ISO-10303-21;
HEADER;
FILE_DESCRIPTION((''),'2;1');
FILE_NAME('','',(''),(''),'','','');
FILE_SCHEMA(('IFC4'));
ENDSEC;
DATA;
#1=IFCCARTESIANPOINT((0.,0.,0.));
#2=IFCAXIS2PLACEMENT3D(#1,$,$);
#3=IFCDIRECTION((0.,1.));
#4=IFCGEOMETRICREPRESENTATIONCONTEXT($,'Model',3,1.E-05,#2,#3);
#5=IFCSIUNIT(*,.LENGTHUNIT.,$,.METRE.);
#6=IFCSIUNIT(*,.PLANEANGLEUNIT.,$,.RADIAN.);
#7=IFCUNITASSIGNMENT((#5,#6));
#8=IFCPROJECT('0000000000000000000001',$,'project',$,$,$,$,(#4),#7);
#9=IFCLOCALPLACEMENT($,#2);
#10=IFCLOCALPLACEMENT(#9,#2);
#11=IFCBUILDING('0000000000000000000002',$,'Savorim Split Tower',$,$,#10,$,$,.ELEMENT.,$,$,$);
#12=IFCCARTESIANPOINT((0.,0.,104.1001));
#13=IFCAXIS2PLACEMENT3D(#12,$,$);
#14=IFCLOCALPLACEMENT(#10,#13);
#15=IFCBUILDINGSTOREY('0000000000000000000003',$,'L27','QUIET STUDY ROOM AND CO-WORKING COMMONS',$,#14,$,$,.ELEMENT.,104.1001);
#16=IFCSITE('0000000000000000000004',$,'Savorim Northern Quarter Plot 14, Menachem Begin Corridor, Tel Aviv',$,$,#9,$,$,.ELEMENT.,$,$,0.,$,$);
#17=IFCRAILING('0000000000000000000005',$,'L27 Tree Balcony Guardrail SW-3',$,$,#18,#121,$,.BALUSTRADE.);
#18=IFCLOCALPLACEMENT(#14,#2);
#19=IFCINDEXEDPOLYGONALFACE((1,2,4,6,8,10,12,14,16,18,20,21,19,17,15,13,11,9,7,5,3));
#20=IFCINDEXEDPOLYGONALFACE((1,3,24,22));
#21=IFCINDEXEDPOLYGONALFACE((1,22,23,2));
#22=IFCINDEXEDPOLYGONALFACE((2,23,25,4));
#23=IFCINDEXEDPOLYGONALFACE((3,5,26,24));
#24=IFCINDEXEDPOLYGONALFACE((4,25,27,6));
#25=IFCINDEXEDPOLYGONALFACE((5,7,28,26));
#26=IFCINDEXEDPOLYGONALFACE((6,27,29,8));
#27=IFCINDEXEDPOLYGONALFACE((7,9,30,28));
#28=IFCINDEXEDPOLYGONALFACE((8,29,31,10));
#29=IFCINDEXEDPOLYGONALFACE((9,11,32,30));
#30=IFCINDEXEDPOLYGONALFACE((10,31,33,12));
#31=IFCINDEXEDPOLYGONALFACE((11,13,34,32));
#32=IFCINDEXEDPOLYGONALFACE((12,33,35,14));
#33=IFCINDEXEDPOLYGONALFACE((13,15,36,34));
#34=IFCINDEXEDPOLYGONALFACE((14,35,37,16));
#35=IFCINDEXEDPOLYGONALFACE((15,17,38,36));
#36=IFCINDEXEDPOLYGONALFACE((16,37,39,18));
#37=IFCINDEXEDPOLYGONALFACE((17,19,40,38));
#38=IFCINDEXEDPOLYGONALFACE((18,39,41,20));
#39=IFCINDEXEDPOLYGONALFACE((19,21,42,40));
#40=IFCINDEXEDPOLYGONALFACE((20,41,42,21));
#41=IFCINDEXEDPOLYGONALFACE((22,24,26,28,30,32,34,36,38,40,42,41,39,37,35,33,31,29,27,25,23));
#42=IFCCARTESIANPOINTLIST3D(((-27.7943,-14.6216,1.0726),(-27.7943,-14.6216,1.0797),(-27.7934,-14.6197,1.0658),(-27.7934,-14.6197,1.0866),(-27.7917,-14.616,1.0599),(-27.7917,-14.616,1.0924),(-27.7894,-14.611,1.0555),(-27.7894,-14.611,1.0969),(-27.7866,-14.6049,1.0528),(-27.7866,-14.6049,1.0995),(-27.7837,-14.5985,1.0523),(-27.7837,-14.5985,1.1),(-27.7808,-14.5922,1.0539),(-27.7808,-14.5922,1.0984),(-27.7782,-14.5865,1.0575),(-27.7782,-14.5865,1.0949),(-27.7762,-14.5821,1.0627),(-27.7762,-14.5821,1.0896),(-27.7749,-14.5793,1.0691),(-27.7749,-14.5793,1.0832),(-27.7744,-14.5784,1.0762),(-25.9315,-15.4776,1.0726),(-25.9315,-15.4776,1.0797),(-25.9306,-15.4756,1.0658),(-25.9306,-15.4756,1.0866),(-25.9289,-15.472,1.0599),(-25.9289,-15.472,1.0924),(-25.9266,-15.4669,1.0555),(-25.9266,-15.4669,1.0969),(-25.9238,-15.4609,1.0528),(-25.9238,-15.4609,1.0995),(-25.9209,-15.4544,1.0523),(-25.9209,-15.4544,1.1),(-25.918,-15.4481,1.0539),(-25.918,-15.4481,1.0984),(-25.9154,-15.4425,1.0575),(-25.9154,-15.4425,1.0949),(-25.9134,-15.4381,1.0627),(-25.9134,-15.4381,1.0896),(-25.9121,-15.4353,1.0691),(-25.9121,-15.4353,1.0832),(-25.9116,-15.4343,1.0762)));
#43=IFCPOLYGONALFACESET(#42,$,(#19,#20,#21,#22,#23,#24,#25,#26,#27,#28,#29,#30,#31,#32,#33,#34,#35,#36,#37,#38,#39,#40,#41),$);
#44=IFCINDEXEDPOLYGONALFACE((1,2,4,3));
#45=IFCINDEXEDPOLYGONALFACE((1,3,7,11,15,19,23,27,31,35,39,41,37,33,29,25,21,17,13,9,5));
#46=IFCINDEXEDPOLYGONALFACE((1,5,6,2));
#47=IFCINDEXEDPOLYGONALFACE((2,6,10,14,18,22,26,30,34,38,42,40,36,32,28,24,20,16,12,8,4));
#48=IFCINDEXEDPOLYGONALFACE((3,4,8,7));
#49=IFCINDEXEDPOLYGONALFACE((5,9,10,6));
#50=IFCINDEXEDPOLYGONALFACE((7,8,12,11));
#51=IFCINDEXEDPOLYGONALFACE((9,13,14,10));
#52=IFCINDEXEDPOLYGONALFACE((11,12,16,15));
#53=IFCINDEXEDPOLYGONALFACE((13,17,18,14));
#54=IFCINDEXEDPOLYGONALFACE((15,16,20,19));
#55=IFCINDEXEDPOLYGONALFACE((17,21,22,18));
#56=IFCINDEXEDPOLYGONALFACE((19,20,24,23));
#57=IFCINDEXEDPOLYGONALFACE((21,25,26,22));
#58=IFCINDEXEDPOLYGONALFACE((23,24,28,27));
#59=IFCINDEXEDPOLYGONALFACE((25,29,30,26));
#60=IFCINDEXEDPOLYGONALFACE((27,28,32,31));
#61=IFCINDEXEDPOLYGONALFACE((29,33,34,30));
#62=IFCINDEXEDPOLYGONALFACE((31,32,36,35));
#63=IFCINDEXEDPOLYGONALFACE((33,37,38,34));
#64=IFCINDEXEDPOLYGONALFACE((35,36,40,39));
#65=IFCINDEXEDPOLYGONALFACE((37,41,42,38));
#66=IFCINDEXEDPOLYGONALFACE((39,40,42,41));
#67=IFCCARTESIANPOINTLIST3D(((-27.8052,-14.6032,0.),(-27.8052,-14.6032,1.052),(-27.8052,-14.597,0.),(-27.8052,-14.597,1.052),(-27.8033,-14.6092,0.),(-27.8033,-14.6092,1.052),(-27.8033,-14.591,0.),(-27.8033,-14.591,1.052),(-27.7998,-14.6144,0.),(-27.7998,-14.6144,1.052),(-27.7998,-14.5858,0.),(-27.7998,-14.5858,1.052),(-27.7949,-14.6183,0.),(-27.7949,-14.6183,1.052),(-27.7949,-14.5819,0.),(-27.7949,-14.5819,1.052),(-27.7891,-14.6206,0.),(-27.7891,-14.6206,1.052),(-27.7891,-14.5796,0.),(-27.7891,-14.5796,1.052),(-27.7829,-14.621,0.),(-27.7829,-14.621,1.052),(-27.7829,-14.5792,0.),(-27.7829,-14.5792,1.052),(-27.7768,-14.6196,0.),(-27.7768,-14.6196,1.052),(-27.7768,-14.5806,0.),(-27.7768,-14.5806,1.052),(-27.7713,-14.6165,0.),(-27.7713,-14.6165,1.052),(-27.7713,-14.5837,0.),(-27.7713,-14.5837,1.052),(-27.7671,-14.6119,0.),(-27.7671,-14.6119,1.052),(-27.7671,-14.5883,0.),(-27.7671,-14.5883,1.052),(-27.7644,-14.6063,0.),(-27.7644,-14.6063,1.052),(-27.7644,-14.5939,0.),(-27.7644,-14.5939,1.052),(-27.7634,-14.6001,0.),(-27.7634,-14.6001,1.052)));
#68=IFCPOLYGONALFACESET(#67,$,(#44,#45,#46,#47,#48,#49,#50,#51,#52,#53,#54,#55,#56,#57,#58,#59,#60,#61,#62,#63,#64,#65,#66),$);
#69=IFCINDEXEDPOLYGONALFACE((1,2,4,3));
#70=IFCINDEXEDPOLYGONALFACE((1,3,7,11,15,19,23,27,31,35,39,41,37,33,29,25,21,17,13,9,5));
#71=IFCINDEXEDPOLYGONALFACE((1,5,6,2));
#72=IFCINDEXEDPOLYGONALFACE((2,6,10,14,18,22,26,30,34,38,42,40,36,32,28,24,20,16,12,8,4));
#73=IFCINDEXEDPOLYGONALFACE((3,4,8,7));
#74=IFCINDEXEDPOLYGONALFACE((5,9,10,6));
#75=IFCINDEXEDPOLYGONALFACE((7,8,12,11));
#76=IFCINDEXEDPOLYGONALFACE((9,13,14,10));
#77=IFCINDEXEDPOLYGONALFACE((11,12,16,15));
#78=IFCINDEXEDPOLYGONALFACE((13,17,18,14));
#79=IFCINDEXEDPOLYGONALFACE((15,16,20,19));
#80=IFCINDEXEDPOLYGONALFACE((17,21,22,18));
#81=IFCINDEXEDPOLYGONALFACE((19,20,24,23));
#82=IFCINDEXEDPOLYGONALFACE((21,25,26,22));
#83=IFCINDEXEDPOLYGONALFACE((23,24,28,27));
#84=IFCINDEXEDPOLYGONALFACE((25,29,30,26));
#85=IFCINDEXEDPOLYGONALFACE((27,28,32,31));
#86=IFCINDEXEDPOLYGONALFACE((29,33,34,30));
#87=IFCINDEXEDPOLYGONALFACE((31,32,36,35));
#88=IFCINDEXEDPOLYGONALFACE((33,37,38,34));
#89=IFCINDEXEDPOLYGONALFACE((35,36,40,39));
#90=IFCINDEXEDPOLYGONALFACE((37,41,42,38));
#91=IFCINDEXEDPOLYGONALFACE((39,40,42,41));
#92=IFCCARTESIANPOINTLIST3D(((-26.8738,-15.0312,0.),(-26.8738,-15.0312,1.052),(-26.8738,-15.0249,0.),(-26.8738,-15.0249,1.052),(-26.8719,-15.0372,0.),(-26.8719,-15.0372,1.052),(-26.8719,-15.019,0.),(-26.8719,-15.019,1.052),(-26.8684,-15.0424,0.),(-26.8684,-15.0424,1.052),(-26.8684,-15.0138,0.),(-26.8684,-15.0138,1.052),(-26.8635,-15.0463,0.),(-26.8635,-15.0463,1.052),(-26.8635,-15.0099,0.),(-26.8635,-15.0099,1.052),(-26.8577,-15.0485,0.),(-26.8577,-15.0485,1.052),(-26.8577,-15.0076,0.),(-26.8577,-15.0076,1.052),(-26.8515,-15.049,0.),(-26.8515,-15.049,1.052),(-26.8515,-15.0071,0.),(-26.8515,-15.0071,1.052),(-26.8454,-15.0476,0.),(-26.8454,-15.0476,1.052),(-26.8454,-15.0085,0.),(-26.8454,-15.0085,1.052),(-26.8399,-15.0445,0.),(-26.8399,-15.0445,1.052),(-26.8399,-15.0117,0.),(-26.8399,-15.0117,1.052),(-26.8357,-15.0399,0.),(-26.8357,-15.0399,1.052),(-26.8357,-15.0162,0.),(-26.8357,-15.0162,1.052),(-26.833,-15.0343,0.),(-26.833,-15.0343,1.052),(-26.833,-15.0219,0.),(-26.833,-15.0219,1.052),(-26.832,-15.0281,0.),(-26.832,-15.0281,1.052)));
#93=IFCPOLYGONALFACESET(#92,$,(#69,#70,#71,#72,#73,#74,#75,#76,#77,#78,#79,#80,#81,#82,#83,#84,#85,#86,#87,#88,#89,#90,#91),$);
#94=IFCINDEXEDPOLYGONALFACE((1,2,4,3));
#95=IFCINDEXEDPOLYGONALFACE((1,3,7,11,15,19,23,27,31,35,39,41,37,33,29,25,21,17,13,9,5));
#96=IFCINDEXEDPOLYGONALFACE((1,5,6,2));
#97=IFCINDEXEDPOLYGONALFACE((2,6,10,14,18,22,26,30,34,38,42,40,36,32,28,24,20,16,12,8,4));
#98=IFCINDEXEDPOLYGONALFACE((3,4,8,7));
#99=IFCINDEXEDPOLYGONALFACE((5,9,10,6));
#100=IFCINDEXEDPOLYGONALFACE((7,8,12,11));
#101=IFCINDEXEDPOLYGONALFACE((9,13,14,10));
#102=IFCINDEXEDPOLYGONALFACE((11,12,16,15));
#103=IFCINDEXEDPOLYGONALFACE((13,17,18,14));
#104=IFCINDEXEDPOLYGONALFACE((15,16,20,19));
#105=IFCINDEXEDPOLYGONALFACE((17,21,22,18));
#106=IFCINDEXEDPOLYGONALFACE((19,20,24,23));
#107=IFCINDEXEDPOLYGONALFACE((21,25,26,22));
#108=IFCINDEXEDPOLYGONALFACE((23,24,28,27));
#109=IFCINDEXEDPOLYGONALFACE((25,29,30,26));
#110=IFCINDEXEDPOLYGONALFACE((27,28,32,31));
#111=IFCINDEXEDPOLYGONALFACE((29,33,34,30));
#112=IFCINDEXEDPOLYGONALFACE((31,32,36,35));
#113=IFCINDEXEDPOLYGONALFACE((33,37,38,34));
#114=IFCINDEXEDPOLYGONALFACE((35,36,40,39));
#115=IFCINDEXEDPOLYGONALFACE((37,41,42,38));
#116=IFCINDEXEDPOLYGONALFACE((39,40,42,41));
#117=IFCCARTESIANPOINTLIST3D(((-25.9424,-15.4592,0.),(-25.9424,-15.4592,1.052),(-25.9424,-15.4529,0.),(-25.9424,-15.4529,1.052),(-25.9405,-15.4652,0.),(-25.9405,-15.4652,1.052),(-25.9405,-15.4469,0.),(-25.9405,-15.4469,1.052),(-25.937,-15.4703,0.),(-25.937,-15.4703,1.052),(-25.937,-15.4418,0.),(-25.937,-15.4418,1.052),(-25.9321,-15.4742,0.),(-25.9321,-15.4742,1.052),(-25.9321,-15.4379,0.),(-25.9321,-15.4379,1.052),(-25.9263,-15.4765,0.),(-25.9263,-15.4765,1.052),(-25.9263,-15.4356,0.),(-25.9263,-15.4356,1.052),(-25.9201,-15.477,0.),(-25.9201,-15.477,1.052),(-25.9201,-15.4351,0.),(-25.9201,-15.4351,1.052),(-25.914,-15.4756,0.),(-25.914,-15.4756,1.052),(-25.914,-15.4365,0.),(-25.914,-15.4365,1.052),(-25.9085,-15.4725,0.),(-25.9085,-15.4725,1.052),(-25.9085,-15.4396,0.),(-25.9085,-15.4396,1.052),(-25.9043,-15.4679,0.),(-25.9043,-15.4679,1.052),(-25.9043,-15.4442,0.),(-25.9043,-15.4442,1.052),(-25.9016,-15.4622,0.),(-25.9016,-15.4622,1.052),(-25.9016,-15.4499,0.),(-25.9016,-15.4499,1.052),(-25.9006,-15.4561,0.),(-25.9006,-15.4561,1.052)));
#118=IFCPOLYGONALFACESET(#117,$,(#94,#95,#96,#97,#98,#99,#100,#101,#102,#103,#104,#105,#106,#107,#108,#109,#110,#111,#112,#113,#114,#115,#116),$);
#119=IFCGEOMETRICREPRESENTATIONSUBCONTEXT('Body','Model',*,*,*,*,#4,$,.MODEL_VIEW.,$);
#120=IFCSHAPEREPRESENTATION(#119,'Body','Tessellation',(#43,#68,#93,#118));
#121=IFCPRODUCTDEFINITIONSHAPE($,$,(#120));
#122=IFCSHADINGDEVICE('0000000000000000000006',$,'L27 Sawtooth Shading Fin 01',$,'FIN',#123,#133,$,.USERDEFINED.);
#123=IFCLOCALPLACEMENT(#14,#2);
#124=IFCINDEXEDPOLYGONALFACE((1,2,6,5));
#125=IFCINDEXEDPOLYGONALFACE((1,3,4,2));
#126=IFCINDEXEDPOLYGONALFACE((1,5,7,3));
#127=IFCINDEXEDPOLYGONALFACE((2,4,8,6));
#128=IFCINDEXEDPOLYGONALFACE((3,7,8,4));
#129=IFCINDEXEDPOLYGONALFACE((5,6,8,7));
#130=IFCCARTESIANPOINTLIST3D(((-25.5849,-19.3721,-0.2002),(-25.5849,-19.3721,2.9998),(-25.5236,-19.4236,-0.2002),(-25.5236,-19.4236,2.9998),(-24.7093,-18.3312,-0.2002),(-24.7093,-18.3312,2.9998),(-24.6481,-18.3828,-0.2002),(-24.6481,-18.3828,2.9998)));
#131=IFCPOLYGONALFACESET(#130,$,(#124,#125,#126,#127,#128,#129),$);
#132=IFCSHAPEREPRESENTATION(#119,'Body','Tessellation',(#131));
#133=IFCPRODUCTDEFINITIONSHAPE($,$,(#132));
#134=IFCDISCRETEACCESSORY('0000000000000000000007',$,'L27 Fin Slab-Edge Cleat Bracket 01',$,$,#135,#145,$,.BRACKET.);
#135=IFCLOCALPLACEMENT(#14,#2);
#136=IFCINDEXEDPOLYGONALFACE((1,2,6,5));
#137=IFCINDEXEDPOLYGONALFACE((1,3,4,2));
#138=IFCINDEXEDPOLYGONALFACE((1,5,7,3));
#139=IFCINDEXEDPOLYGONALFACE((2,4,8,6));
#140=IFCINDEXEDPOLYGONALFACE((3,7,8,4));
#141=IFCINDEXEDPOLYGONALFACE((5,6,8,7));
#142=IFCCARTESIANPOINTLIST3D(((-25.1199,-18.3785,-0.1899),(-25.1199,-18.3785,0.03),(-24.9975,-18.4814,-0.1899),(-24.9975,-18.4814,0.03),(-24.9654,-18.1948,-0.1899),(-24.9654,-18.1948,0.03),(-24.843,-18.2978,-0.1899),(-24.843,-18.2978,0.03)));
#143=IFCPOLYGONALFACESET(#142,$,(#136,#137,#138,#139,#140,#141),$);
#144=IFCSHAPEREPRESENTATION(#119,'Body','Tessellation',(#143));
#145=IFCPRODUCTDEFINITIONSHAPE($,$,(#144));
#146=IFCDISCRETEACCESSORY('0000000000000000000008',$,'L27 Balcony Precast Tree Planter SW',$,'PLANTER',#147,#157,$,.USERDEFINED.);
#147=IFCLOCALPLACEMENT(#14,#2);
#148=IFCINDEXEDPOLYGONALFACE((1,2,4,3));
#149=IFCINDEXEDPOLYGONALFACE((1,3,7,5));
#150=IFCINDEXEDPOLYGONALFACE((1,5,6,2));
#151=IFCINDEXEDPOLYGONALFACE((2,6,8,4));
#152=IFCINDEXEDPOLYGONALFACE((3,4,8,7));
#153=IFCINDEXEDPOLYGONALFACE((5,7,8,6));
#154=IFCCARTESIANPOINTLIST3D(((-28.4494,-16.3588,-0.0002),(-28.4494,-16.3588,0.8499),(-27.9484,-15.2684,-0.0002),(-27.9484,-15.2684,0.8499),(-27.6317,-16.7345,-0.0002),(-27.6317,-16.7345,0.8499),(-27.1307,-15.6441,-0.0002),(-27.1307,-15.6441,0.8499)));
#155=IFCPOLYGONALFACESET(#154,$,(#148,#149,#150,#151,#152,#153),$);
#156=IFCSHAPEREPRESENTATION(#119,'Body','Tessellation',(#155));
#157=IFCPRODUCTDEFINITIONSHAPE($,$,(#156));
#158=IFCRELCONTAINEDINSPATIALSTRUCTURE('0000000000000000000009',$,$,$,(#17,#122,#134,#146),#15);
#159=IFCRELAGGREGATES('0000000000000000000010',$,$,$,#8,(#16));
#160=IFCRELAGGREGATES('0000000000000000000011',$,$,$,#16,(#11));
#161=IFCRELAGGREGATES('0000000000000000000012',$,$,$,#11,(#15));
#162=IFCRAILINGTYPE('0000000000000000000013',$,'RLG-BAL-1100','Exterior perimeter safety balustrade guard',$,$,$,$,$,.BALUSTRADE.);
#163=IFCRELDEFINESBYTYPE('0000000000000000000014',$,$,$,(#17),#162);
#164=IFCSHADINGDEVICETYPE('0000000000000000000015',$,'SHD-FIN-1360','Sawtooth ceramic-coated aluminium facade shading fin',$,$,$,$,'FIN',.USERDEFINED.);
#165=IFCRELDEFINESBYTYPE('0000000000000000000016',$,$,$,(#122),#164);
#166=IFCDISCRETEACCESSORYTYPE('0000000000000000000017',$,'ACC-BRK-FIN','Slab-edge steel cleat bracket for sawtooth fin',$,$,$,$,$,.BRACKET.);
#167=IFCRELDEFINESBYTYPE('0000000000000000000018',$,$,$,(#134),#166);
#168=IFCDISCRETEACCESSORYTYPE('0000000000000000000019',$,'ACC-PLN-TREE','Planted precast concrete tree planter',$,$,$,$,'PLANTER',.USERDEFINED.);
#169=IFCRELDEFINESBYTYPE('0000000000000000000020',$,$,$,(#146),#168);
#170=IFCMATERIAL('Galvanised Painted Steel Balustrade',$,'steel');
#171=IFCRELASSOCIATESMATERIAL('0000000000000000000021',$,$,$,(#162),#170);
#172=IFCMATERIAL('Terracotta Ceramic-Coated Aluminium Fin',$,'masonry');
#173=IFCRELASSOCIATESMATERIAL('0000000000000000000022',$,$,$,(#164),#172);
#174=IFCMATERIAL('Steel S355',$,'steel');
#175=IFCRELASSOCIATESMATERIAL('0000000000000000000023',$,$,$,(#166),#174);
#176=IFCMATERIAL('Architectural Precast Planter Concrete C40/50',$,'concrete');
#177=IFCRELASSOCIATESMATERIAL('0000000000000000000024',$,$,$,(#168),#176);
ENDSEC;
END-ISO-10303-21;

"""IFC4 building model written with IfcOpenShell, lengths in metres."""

from ifc_helpers import new_model, si_unit, direction, frame, origin, origin_2d, place, context, subcontext, project, spatial, rectangle, circle, extrude, material, type_object, element, save


model = new_model("IFC4")

# Units and contexts
model_context = context("Model", 3, precision=1e-05, world=origin(), true_north=direction((0.0, 1.0)))
body_context = subcontext(model_context, "Body", "Model", "MODEL_VIEW")
ifc_project = project(units=[si_unit("LENGTHUNIT", "METRE"), si_unit("PLANEANGLEUNIT", "RADIAN")], contexts=[model_context])

# Site, building, storey
site_placement = place(None, origin())
site = spatial("IfcSite", under=ifc_project, at=site_placement, Name="Savorim Northern Quarter Plot 14, Menachem Begin Corridor, Tel Aviv", CompositionType="ELEMENT", RefElevation=0.0)
building_placement = place(site_placement, origin())
building = spatial("IfcBuilding", under=site, at=building_placement, Name="Savorim Split Tower", CompositionType="ELEMENT")
storey_placement = place(building_placement, frame((0.0, 0.0, 104.1001)))
storey = spatial("IfcBuildingStorey", under=building, at=storey_placement, Name="L27", Description="QUIET STUDY ROOM AND CO-WORKING COMMONS", CompositionType="ELEMENT", Elevation=104.1001)

# Shared definitions
ifc_material_1 = material(Name="Steel S355", Category="steel")

# Railing
ifc_material_2 = material(Name="Galvanised Painted Steel Balustrade", Category="steel")
railing_type = type_object("IfcRailingType", Name="RLG-BAL-1100", Description="Exterior perimeter safety balustrade guard", PredefinedType="BALUSTRADE", material=ifc_material_2)
railing_1_placement = place(storey_placement, frame((-27.7844, -14.6001, 0.0)))
element("IfcRailing", 1, at=railing_1_placement, inside=storey, type_object=railing_type, Name="L27 Tree Balcony Guardrail SW-3", PredefinedType="BALUSTRADE", context=body_context, shape_type="SweptSolid", body=[
    extrude(circle(Radius=0.0239, at=origin_2d()), frame((0.0, 0.0, 1.0762), z_axis=(0.908662, -0.417532, 0.0), x_axis=(0.417532, 0.908662, 0.0)), (0.0, 0.0, 1.0), 2.05),
    extrude(circle(Radius=0.021, at=origin_2d()), origin(), (0.0, 0.0, 1.0), 1.052),
    extrude(circle(Radius=0.021, at=origin_2d()), frame((0.9314, -0.428, 0.0)), (0.0, 0.0, 1.0), 1.052),
    extrude(circle(Radius=0.021, at=origin_2d()), frame((1.8628, -0.856, 0.0)), (0.0, 0.0, 1.0), 1.052),
])

# Shading device
ifc_material_3 = material(Name="Terracotta Ceramic-Coated Aluminium Fin", Category="masonry")
shading_device_type = type_object("IfcShadingDeviceType", Name="SHD-FIN-1360", Description="Sawtooth ceramic-coated aluminium facade shading fin", ElementType="FIN", PredefinedType="USERDEFINED", material=ifc_material_3)
shading_device_placement = place(storey_placement, frame((-25.1165, -18.8774, -0.2002), z_axis=(0.0, 0.0, 1.0), x_axis=(-0.643719, -0.765262, 0.0)))
element("IfcShadingDevice", 2, at=shading_device_placement, inside=storey, type_object=shading_device_type, Name="L27 Sawtooth Shading Fin 01", ObjectType="FIN", PredefinedType="USERDEFINED", context=body_context, shape_type="SweptSolid", body=[
    extrude(rectangle(XDim=1.3601, YDim=0.0801, at=origin_2d()), origin(), (0.0, 0.0, 1.0), 3.2),
])

# Discrete accessories
discrete_accessory_type_1 = type_object("IfcDiscreteAccessoryType", Name="ACC-BRK-FIN", Description="Slab-edge steel cleat bracket for sawtooth fin", PredefinedType="BRACKET", material=ifc_material_1)
discrete_accessory_1_placement = place(storey_placement, frame((-24.9814, -18.3381, -0.1899), z_axis=(0.0, 0.0, 1.0), x_axis=(-0.643719, -0.765262, 0.0)))
element("IfcDiscreteAccessory", 3, at=discrete_accessory_1_placement, inside=storey, type_object=discrete_accessory_type_1, Name="L27 Fin Slab-Edge Cleat Bracket 01", PredefinedType="BRACKET", context=body_context, shape_type="SweptSolid", body=[
    extrude(rectangle(XDim=0.24, YDim=0.1599, at=origin_2d()), origin(), (0.0, 0.0, 1.0), 0.22),
])
ifc_material_4 = material(Name="Architectural Precast Planter Concrete C40/50", Category="concrete")
discrete_accessory_type_2 = type_object("IfcDiscreteAccessoryType", Name="ACC-PLN-TREE", Description="Planted precast concrete tree planter", ElementType="PLANTER", PredefinedType="USERDEFINED", material=ifc_material_4)
discrete_accessory_2_placement = place(storey_placement, frame((-27.79, -16.0015, -0.0002), z_axis=(0.0, 0.0, 1.0), x_axis=(-0.41749, -0.908682, 0.0)))
element("IfcDiscreteAccessory", 4, at=discrete_accessory_2_placement, inside=storey, type_object=discrete_accessory_type_2, Name="L27 Balcony Precast Tree Planter SW", ObjectType="PLANTER", PredefinedType="USERDEFINED", context=body_context, shape_type="SweptSolid", body=[
    extrude(rectangle(XDim=1.2, YDim=0.8999, at=origin_2d()), origin(), (0.0, 0.0, 1.0), 0.8501),
])

save(model, "model.ifc")
